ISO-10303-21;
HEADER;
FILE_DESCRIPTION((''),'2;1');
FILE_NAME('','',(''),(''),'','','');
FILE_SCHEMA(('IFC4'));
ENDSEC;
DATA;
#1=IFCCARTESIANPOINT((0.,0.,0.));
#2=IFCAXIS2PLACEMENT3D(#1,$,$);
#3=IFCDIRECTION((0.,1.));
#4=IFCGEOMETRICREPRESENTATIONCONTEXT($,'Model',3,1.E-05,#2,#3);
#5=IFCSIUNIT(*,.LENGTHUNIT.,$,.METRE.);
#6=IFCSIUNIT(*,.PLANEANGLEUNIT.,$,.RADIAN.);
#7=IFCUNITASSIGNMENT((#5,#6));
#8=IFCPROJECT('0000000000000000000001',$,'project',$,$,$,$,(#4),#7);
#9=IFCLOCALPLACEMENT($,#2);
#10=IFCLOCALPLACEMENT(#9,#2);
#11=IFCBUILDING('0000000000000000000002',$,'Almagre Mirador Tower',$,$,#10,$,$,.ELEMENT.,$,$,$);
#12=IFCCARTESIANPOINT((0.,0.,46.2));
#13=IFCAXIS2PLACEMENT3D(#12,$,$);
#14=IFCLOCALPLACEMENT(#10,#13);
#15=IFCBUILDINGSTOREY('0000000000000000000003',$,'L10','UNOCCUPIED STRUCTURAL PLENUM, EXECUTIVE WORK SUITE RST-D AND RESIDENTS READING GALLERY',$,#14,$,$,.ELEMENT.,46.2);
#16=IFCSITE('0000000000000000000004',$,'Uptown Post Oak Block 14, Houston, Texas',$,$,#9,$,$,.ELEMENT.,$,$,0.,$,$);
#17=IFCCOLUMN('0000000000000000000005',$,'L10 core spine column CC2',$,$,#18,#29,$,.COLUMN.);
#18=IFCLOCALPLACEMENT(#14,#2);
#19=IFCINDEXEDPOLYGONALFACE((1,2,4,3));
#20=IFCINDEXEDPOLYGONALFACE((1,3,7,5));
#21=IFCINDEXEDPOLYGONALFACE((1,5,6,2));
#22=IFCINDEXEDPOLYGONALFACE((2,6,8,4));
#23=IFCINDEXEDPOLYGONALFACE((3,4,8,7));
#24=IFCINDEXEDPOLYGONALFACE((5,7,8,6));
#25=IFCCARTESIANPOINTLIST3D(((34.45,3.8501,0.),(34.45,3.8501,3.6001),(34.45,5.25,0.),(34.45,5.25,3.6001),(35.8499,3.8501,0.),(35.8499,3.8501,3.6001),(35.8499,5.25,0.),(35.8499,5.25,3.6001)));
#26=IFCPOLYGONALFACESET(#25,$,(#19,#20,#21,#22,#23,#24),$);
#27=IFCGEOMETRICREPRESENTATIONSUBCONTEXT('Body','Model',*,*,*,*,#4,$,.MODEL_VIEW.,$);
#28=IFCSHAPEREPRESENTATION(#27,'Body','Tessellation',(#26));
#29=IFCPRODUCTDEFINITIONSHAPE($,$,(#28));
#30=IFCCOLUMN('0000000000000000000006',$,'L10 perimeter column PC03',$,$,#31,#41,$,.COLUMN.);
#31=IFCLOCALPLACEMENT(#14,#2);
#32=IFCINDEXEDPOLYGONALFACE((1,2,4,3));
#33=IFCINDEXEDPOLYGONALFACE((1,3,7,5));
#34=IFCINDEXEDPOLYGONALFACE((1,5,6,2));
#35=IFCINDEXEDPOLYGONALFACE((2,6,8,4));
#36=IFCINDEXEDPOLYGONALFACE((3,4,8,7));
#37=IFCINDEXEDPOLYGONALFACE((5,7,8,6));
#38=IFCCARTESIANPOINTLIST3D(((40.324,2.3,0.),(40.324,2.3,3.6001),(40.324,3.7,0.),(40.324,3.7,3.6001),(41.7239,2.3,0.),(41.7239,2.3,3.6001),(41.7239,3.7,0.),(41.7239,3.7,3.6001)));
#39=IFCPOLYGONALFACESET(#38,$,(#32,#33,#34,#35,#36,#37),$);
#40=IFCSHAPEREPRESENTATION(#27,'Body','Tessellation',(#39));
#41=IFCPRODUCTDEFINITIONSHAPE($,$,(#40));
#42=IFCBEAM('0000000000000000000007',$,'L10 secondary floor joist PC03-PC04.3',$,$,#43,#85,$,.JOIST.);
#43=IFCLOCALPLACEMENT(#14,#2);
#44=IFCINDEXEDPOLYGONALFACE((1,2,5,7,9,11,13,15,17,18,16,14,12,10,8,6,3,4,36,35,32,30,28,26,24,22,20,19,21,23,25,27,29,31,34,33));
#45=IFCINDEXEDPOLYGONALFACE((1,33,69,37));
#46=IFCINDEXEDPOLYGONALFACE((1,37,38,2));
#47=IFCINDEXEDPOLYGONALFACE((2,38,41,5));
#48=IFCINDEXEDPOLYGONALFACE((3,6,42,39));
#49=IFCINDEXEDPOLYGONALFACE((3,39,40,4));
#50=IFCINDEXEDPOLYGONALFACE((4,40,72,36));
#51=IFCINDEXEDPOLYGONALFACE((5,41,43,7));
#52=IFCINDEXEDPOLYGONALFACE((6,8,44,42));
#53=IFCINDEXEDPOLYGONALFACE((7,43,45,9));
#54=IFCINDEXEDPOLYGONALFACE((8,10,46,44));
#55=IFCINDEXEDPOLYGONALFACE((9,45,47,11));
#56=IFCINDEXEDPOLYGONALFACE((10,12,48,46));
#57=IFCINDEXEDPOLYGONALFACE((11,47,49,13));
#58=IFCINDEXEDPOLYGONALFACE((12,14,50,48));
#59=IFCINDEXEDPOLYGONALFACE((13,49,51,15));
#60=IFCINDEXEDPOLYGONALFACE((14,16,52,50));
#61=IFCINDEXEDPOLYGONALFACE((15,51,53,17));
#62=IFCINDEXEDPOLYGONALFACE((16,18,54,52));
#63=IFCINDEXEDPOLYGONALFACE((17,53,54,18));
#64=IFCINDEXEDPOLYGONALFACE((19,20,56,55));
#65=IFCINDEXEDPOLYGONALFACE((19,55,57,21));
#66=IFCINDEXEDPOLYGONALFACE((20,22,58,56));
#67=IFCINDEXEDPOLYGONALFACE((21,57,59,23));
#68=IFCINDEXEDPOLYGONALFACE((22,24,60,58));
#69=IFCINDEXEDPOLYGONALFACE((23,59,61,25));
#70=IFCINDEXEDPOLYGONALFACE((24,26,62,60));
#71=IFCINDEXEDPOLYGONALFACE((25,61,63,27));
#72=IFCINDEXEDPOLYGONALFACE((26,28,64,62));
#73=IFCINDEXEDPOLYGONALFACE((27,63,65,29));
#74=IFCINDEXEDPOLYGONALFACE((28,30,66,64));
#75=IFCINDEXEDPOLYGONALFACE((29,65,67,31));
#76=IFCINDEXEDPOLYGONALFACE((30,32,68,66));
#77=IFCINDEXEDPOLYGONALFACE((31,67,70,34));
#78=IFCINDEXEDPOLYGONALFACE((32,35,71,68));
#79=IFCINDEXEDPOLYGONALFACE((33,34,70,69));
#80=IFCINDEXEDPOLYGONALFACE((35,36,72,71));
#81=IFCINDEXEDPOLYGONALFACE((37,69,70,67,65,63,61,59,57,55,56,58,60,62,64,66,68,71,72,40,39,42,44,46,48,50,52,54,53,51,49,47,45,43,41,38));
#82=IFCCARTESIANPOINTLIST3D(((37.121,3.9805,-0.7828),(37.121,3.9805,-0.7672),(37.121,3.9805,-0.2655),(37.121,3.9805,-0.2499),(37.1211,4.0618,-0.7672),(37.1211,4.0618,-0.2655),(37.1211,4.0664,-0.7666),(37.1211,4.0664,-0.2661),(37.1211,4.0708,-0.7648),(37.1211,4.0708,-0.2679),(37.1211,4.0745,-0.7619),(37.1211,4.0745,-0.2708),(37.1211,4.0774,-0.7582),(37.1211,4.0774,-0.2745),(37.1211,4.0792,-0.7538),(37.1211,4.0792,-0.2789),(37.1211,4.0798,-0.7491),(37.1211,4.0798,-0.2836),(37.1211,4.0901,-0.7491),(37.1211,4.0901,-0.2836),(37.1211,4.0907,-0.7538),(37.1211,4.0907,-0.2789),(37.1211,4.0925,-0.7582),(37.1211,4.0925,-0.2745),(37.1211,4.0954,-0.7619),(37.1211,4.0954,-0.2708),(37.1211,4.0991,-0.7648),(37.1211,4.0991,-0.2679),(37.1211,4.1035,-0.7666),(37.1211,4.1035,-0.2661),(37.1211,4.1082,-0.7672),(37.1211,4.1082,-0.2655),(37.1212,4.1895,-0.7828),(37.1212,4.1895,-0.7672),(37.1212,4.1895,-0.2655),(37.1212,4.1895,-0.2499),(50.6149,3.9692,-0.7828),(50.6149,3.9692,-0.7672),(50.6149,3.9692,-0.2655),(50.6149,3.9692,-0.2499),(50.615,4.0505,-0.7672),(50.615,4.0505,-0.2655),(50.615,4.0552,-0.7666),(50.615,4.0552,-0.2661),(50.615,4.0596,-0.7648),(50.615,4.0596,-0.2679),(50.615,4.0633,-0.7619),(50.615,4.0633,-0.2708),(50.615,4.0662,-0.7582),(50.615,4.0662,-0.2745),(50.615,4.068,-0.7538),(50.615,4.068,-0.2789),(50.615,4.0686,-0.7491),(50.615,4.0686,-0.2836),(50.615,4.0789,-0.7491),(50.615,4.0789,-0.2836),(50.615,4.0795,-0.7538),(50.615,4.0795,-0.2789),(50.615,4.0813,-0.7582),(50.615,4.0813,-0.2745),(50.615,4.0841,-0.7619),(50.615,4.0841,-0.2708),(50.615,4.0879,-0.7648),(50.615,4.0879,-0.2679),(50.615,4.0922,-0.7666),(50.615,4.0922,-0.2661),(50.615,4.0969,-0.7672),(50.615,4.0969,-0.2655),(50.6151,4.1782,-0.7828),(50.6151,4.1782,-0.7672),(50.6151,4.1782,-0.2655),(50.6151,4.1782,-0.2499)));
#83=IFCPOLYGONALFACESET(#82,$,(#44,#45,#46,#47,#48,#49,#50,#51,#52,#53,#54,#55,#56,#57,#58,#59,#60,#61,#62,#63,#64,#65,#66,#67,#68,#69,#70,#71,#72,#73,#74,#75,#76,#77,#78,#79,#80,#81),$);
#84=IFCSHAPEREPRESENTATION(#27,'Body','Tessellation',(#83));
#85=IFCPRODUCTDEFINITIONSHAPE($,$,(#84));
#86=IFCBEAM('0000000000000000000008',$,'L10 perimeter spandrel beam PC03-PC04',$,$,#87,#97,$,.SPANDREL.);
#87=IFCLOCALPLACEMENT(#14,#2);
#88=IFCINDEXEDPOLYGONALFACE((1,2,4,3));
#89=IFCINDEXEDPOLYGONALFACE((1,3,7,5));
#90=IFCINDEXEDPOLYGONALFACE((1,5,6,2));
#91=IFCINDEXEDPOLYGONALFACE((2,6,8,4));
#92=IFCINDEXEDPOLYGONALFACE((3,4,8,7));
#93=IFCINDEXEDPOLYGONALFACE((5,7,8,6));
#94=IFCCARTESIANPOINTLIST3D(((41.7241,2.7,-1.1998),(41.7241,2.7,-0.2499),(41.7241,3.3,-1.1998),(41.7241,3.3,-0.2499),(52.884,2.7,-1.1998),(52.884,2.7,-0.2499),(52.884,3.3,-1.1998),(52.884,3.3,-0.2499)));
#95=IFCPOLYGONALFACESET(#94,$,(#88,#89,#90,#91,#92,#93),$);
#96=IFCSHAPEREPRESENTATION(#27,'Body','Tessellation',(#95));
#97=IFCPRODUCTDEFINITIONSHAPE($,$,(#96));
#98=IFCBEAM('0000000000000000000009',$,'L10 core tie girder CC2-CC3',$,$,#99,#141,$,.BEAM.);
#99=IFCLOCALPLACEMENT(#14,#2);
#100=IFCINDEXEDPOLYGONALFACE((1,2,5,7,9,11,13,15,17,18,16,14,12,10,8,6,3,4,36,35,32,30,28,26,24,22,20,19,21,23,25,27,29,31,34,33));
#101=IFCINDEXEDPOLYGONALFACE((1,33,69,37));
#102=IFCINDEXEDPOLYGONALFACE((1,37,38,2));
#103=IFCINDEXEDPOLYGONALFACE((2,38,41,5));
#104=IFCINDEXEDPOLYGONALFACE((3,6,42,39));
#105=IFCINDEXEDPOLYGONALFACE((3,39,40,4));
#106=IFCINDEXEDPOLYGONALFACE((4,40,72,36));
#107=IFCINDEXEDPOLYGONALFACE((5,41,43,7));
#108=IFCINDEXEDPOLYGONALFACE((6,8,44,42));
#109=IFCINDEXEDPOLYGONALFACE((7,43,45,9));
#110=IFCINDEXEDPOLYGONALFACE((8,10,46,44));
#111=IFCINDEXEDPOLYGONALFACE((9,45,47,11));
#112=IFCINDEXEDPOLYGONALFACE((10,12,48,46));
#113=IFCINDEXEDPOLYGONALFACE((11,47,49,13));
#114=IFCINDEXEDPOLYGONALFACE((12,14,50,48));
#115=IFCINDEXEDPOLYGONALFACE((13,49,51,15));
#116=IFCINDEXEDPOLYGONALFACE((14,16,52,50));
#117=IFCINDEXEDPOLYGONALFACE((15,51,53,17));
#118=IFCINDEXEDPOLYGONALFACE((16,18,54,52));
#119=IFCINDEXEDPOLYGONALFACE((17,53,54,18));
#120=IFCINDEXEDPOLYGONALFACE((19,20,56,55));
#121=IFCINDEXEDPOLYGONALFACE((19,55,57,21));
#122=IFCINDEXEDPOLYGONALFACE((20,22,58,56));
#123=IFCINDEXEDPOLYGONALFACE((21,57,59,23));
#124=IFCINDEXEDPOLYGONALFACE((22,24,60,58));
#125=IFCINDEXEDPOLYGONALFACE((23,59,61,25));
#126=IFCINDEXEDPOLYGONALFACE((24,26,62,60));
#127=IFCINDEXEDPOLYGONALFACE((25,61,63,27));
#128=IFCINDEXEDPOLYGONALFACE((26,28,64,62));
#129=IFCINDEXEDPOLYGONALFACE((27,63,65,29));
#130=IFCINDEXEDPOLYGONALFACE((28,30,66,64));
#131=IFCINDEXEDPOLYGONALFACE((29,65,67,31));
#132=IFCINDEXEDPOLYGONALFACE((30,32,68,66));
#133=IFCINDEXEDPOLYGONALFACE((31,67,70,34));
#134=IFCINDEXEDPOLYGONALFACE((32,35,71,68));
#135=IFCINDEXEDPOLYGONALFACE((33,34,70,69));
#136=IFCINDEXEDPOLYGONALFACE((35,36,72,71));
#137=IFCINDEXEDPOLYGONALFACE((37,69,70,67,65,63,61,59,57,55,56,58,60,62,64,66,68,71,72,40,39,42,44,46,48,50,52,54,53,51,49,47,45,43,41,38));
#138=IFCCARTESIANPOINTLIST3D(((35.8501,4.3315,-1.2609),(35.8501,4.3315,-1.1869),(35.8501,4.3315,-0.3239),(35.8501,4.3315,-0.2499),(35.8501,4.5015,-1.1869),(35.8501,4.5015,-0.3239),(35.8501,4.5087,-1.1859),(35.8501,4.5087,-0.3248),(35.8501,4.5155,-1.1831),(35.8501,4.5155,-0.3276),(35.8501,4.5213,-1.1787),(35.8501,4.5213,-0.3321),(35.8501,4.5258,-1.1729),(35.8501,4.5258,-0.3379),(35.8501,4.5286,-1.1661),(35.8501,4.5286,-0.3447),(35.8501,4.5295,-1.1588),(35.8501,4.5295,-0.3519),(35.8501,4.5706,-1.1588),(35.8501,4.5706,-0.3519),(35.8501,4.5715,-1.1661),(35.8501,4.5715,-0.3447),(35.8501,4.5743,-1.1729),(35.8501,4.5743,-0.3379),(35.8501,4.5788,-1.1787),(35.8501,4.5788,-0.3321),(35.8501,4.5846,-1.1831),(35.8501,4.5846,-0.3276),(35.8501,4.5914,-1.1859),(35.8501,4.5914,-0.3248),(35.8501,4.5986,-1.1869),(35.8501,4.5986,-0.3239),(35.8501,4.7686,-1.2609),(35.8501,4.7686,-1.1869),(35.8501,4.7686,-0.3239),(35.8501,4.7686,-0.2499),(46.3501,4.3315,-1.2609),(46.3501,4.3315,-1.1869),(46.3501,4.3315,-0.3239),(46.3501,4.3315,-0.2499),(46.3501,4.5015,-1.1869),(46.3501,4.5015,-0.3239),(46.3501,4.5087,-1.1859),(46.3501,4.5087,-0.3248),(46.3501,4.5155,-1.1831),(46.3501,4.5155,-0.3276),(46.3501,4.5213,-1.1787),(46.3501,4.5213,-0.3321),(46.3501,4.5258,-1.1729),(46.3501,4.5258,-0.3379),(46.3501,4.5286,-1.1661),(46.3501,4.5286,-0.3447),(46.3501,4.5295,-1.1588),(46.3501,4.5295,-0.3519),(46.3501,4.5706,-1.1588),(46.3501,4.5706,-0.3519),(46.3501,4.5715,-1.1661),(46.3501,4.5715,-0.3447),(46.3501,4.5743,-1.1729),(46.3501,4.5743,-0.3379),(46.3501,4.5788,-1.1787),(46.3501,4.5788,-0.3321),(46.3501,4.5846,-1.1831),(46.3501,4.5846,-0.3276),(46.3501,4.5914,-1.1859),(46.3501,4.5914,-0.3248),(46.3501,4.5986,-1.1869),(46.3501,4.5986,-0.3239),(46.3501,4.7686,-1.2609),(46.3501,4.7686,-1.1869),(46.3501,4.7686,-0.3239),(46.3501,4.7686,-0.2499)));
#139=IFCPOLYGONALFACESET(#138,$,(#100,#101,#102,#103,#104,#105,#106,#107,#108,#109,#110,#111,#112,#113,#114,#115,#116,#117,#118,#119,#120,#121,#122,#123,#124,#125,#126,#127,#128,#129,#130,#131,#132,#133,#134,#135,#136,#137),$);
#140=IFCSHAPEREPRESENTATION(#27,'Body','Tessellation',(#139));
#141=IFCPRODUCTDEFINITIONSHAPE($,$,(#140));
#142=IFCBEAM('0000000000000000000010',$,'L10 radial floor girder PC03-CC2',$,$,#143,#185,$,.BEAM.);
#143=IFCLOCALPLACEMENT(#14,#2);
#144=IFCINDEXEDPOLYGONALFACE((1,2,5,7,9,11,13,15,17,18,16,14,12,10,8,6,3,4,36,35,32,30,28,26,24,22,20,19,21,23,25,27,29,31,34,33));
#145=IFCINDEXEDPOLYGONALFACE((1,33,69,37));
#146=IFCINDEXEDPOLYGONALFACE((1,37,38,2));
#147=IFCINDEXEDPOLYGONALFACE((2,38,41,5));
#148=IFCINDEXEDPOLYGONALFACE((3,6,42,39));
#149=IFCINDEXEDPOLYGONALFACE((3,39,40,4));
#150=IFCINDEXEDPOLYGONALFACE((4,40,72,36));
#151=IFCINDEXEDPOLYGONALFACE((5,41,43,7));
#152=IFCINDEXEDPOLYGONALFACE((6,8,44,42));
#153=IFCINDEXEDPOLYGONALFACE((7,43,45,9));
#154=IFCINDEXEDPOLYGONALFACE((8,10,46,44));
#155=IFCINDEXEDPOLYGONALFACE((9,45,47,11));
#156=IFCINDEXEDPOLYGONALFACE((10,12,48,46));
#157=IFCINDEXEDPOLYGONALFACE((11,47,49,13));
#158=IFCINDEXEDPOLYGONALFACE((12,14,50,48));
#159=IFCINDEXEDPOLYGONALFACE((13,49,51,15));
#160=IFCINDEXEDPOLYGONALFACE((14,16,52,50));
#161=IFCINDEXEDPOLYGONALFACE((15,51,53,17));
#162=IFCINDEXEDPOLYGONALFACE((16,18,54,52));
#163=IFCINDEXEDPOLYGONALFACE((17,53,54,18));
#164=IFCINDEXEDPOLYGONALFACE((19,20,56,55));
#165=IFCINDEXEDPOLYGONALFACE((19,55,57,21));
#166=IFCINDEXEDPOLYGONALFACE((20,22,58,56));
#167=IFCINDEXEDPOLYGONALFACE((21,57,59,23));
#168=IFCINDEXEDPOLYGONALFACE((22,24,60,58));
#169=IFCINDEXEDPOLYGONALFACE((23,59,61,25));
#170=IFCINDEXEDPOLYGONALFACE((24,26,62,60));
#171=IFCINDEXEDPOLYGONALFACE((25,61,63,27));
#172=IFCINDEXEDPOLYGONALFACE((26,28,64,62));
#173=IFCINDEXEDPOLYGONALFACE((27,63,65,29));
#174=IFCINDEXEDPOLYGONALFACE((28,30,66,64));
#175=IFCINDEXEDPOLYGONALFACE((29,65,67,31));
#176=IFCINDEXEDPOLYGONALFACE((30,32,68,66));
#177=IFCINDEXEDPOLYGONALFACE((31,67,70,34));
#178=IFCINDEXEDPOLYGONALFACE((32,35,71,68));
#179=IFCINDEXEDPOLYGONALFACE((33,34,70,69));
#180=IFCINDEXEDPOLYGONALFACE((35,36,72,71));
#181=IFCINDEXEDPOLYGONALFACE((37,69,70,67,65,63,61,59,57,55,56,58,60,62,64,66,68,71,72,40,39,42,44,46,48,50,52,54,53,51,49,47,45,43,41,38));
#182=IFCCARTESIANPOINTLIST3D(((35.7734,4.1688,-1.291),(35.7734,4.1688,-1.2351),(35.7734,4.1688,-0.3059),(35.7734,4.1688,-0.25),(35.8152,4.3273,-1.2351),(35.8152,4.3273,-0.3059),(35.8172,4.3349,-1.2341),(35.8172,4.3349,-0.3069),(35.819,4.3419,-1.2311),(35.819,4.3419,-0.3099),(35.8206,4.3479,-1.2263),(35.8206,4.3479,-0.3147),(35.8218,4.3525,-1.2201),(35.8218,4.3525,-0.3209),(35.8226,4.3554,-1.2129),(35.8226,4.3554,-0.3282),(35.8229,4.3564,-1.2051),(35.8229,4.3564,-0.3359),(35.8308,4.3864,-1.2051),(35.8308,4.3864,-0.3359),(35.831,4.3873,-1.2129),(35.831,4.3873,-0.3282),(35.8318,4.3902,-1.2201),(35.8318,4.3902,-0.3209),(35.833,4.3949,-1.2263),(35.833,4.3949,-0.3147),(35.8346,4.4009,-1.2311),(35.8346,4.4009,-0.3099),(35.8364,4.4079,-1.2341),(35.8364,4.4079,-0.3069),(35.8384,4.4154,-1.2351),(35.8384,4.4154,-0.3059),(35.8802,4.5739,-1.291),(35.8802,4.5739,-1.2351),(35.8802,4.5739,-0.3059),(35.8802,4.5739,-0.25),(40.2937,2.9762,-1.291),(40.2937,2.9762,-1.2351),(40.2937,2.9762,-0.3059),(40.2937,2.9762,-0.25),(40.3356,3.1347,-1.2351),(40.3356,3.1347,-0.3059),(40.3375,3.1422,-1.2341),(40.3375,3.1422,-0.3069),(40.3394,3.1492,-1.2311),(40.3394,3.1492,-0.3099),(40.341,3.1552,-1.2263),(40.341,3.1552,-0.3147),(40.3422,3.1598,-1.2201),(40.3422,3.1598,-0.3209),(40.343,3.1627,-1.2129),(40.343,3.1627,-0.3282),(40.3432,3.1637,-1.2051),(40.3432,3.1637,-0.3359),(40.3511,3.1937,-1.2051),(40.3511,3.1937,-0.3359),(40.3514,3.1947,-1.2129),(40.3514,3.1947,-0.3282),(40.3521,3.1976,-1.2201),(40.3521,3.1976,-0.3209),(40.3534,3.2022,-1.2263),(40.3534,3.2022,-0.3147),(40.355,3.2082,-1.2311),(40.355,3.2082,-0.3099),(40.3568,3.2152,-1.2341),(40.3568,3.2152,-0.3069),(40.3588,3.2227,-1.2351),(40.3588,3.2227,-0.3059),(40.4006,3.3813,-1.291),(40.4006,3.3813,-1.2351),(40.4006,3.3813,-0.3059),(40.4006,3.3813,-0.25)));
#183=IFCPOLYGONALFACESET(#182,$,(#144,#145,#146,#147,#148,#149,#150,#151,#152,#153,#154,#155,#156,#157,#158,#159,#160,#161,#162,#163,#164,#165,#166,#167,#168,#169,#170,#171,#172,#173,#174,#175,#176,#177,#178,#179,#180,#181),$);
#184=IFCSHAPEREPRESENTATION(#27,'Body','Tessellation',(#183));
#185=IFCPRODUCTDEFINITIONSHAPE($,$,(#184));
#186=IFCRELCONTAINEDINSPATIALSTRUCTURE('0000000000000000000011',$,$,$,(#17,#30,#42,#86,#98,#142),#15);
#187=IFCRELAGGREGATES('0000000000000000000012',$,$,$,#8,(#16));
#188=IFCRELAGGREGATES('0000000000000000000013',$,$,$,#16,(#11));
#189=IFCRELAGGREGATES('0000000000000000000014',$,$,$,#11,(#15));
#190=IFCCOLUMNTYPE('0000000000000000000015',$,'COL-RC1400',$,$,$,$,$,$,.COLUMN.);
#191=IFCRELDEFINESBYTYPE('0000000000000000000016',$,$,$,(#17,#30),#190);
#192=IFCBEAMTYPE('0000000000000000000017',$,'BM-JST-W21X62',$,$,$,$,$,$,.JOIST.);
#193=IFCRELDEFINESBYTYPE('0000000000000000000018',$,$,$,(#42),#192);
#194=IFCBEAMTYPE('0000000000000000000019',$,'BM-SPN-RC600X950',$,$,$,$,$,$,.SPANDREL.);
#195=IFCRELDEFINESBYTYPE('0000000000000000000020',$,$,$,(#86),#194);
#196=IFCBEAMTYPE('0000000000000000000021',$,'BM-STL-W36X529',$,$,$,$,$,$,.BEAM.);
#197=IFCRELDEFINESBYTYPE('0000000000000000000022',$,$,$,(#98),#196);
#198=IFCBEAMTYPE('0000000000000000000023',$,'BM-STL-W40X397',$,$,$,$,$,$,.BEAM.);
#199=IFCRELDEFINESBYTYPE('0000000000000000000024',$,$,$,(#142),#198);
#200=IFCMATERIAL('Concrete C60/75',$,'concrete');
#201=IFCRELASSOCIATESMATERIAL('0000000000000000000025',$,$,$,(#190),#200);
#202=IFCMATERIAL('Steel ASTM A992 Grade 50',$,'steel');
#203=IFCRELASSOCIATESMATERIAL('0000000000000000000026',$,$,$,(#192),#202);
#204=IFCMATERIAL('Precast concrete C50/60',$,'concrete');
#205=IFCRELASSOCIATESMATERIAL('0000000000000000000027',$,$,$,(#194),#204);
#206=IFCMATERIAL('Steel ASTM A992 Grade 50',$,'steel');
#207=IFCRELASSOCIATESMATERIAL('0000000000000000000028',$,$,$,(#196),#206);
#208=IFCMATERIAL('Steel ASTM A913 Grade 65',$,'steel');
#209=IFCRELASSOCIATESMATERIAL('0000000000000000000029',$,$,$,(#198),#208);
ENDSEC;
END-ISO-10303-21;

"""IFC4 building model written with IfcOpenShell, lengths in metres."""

from ifc_helpers import new_model, si_unit, direction, frame, origin, origin_2d, place, context, subcontext, project, spatial, rectangle, i_section, extrude, material, material_profile, profile_set, type_object, element, save


model = new_model("IFC4")

# Units and contexts
model_context = context("Model", 3, precision=1e-05, world=origin(), true_north=direction((0.0, 1.0)))
body_context = subcontext(model_context, "Body", "Model", "MODEL_VIEW")
ifc_project = project(units=[si_unit("LENGTHUNIT", "METRE"), si_unit("PLANEANGLEUNIT", "RADIAN")], contexts=[model_context])

# Site, building, storey
site_placement = place(None, origin())
site = spatial("IfcSite", under=ifc_project, at=site_placement, Name="Uptown Post Oak Block 14, Houston, Texas", CompositionType="ELEMENT", RefElevation=0.0)
building_placement = place(site_placement, origin())
building = spatial("IfcBuilding", under=site, at=building_placement, Name="Almagre Mirador Tower", CompositionType="ELEMENT")
storey_placement = place(building_placement, frame((0.0, 0.0, 46.2)))
storey = spatial("IfcBuildingStorey", under=building, at=storey_placement, Name="L10", Description="UNOCCUPIED STRUCTURAL PLENUM, EXECUTIVE WORK SUITE RST-D AND RESIDENTS READING GALLERY", CompositionType="ELEMENT", Elevation=46.2)

# Columns
ifc_material_1 = material(Name="Concrete C60/75", Category="concrete")
ifc_material_profile_1 = material_profile(ifc_material_1, rectangle(XDim=1.3999, YDim=1.3999, at=origin_2d()), Name="RC1400X1400")
ifc_profile_set_1 = profile_set([ifc_material_profile_1], Name="Concrete C60/75")
column_type = type_object("IfcColumnType", Name="COL-RC1400", PredefinedType="COLUMN", material=ifc_profile_set_1)
for number, where, z_axis, x_axis, name in (
    (1, (35.1499, 4.55, 0.0), (0.0, 0.0, 1.0), (1.0, 0.0, 0.0), "L10 core spine column CC2"),
    (2, (41.0239, 3.0, 0.0), (0.0, 0.0, 1.0), (1.0, 0.0, 0.0), "L10 perimeter column PC03"),
):
    element("IfcColumn", number, at=place(storey_placement, frame(where, z_axis=z_axis, x_axis=x_axis)), inside=storey, type_object=column_type, Name=name, PredefinedType="COLUMN", context=body_context, shape_type="SweptSolid", body=[
        extrude(rectangle(XDim=1.3999, YDim=1.3999, at=origin_2d()), origin(), (0.0, 0.0, 1.0), 3.6001),
    ])

# Beams
ifc_material_2 = material(Name="Steel ASTM A992 Grade 50", Category="steel")
ifc_material_profile_2 = material_profile(ifc_material_2, i_section(OverallWidth=0.209, OverallDepth=0.533, WebThickness=0.0103, FlangeThickness=0.0156, FilletRadius=0.0181, at=origin_2d()), Name="W21X62")
ifc_profile_set_2 = profile_set([ifc_material_profile_2], Name="Steel ASTM A992 Grade 50")
beam_type_1 = type_object("IfcBeamType", Name="BM-JST-W21X62", PredefinedType="JOIST", material=ifc_profile_set_2)
beam_1_placement = place(storey_placement, frame((37.1211, 4.085, -0.5164), z_axis=(1.0, -0.000832, 0.0), x_axis=(0.000832, 1.0, 0.0)))
element("IfcBeam", 3, at=beam_1_placement, inside=storey, type_object=beam_type_1, Name="L10 secondary floor joist PC03-PC04.3", PredefinedType="JOIST", context=body_context, shape_type="SweptSolid", body=[
    extrude(i_section(OverallWidth=0.209, OverallDepth=0.533, WebThickness=0.0103, FlangeThickness=0.0156, FilletRadius=0.0181, at=origin_2d()), origin(), (0.0, 0.0, 1.0), 13.4939),
])
ifc_material_3 = material(Name="Precast concrete C50/60", Category="concrete")
ifc_material_profile_3 = material_profile(ifc_material_3, rectangle(XDim=0.6001, YDim=0.95, at=origin_2d()), Name="RC600X950")
ifc_profile_set_3 = profile_set([ifc_material_profile_3], Name="Precast concrete C50/60")
beam_type_2 = type_object("IfcBeamType", Name="BM-SPN-RC600X950", PredefinedType="SPANDREL", material=ifc_profile_set_3)
beam_2_placement = place(storey_placement, frame((41.7241, 3.0, -0.7249), z_axis=(1.0, 0.0, 0.0), x_axis=(0.0, 1.0, 0.0)))
element("IfcBeam", 4, at=beam_2_placement, inside=storey, type_object=beam_type_2, Name="L10 perimeter spandrel beam PC03-PC04", PredefinedType="SPANDREL", context=body_context, shape_type="SweptSolid", body=[
    extrude(rectangle(XDim=0.6001, YDim=0.95, at=origin_2d()), origin(), (0.0, 0.0, 1.0), 11.1599),
])
ifc_material_4 = material(Name="Steel ASTM A992 Grade 50", Category="steel")
ifc_material_profile_4 = material_profile(ifc_material_4, i_section(OverallWidth=0.437, OverallDepth=1.011, WebThickness=0.041, FlangeThickness=0.074, FilletRadius=0.0281, at=origin_2d()), Name="W36X529")
ifc_profile_set_4 = profile_set([ifc_material_profile_4], Name="Steel ASTM A992 Grade 50")
beam_type_3 = type_object("IfcBeamType", Name="BM-STL-W36X529", PredefinedType="BEAM", material=ifc_profile_set_4)
beam_3_placement = place(storey_placement, frame((35.8501, 4.55, -0.7554), z_axis=(1.0, 0.0, 0.0), x_axis=(0.0, 1.0, 0.0)))
element("IfcBeam", 5, at=beam_3_placement, inside=storey, type_object=beam_type_3, Name="L10 core tie girder CC2-CC3", PredefinedType="BEAM", context=body_context, shape_type="SweptSolid", body=[
    extrude(i_section(OverallWidth=0.437, OverallDepth=1.011, WebThickness=0.041, FlangeThickness=0.074, FilletRadius=0.0281, at=origin_2d()), origin(), (0.0, 0.0, 1.0), 10.5),
])
ifc_material_5 = material(Name="Steel ASTM A913 Grade 65", Category="steel")
ifc_material_profile_5 = material_profile(ifc_material_5, i_section(OverallWidth=0.4189, OverallDepth=1.041, WebThickness=0.031, FlangeThickness=0.0559, FilletRadius=0.03, at=origin_2d()), Name="W40X397")
ifc_profile_set_5 = profile_set([ifc_material_profile_5], Name="Steel ASTM A913 Grade 65")
beam_type_4 = type_object("IfcBeamType", Name="BM-STL-W40X397", PredefinedType="BEAM", material=ifc_profile_set_5)
beam_4_placement = place(storey_placement, frame((40.3472, 3.1787, -0.7705), z_axis=(-0.966912, 0.25511, 0.0), x_axis=(-0.25511, -0.966912, 0.0)))
element("IfcBeam", 6, at=beam_4_placement, inside=storey, type_object=beam_type_4, Name="L10 radial floor girder PC03-CC2", PredefinedType="BEAM", context=body_context, shape_type="SweptSolid", body=[
    extrude(i_section(OverallWidth=0.4189, OverallDepth=1.041, WebThickness=0.031, FlangeThickness=0.0559, FilletRadius=0.03, at=origin_2d()), origin(), (0.0, 0.0, 1.0), 4.675),
])

save(model, "model.ifc")
